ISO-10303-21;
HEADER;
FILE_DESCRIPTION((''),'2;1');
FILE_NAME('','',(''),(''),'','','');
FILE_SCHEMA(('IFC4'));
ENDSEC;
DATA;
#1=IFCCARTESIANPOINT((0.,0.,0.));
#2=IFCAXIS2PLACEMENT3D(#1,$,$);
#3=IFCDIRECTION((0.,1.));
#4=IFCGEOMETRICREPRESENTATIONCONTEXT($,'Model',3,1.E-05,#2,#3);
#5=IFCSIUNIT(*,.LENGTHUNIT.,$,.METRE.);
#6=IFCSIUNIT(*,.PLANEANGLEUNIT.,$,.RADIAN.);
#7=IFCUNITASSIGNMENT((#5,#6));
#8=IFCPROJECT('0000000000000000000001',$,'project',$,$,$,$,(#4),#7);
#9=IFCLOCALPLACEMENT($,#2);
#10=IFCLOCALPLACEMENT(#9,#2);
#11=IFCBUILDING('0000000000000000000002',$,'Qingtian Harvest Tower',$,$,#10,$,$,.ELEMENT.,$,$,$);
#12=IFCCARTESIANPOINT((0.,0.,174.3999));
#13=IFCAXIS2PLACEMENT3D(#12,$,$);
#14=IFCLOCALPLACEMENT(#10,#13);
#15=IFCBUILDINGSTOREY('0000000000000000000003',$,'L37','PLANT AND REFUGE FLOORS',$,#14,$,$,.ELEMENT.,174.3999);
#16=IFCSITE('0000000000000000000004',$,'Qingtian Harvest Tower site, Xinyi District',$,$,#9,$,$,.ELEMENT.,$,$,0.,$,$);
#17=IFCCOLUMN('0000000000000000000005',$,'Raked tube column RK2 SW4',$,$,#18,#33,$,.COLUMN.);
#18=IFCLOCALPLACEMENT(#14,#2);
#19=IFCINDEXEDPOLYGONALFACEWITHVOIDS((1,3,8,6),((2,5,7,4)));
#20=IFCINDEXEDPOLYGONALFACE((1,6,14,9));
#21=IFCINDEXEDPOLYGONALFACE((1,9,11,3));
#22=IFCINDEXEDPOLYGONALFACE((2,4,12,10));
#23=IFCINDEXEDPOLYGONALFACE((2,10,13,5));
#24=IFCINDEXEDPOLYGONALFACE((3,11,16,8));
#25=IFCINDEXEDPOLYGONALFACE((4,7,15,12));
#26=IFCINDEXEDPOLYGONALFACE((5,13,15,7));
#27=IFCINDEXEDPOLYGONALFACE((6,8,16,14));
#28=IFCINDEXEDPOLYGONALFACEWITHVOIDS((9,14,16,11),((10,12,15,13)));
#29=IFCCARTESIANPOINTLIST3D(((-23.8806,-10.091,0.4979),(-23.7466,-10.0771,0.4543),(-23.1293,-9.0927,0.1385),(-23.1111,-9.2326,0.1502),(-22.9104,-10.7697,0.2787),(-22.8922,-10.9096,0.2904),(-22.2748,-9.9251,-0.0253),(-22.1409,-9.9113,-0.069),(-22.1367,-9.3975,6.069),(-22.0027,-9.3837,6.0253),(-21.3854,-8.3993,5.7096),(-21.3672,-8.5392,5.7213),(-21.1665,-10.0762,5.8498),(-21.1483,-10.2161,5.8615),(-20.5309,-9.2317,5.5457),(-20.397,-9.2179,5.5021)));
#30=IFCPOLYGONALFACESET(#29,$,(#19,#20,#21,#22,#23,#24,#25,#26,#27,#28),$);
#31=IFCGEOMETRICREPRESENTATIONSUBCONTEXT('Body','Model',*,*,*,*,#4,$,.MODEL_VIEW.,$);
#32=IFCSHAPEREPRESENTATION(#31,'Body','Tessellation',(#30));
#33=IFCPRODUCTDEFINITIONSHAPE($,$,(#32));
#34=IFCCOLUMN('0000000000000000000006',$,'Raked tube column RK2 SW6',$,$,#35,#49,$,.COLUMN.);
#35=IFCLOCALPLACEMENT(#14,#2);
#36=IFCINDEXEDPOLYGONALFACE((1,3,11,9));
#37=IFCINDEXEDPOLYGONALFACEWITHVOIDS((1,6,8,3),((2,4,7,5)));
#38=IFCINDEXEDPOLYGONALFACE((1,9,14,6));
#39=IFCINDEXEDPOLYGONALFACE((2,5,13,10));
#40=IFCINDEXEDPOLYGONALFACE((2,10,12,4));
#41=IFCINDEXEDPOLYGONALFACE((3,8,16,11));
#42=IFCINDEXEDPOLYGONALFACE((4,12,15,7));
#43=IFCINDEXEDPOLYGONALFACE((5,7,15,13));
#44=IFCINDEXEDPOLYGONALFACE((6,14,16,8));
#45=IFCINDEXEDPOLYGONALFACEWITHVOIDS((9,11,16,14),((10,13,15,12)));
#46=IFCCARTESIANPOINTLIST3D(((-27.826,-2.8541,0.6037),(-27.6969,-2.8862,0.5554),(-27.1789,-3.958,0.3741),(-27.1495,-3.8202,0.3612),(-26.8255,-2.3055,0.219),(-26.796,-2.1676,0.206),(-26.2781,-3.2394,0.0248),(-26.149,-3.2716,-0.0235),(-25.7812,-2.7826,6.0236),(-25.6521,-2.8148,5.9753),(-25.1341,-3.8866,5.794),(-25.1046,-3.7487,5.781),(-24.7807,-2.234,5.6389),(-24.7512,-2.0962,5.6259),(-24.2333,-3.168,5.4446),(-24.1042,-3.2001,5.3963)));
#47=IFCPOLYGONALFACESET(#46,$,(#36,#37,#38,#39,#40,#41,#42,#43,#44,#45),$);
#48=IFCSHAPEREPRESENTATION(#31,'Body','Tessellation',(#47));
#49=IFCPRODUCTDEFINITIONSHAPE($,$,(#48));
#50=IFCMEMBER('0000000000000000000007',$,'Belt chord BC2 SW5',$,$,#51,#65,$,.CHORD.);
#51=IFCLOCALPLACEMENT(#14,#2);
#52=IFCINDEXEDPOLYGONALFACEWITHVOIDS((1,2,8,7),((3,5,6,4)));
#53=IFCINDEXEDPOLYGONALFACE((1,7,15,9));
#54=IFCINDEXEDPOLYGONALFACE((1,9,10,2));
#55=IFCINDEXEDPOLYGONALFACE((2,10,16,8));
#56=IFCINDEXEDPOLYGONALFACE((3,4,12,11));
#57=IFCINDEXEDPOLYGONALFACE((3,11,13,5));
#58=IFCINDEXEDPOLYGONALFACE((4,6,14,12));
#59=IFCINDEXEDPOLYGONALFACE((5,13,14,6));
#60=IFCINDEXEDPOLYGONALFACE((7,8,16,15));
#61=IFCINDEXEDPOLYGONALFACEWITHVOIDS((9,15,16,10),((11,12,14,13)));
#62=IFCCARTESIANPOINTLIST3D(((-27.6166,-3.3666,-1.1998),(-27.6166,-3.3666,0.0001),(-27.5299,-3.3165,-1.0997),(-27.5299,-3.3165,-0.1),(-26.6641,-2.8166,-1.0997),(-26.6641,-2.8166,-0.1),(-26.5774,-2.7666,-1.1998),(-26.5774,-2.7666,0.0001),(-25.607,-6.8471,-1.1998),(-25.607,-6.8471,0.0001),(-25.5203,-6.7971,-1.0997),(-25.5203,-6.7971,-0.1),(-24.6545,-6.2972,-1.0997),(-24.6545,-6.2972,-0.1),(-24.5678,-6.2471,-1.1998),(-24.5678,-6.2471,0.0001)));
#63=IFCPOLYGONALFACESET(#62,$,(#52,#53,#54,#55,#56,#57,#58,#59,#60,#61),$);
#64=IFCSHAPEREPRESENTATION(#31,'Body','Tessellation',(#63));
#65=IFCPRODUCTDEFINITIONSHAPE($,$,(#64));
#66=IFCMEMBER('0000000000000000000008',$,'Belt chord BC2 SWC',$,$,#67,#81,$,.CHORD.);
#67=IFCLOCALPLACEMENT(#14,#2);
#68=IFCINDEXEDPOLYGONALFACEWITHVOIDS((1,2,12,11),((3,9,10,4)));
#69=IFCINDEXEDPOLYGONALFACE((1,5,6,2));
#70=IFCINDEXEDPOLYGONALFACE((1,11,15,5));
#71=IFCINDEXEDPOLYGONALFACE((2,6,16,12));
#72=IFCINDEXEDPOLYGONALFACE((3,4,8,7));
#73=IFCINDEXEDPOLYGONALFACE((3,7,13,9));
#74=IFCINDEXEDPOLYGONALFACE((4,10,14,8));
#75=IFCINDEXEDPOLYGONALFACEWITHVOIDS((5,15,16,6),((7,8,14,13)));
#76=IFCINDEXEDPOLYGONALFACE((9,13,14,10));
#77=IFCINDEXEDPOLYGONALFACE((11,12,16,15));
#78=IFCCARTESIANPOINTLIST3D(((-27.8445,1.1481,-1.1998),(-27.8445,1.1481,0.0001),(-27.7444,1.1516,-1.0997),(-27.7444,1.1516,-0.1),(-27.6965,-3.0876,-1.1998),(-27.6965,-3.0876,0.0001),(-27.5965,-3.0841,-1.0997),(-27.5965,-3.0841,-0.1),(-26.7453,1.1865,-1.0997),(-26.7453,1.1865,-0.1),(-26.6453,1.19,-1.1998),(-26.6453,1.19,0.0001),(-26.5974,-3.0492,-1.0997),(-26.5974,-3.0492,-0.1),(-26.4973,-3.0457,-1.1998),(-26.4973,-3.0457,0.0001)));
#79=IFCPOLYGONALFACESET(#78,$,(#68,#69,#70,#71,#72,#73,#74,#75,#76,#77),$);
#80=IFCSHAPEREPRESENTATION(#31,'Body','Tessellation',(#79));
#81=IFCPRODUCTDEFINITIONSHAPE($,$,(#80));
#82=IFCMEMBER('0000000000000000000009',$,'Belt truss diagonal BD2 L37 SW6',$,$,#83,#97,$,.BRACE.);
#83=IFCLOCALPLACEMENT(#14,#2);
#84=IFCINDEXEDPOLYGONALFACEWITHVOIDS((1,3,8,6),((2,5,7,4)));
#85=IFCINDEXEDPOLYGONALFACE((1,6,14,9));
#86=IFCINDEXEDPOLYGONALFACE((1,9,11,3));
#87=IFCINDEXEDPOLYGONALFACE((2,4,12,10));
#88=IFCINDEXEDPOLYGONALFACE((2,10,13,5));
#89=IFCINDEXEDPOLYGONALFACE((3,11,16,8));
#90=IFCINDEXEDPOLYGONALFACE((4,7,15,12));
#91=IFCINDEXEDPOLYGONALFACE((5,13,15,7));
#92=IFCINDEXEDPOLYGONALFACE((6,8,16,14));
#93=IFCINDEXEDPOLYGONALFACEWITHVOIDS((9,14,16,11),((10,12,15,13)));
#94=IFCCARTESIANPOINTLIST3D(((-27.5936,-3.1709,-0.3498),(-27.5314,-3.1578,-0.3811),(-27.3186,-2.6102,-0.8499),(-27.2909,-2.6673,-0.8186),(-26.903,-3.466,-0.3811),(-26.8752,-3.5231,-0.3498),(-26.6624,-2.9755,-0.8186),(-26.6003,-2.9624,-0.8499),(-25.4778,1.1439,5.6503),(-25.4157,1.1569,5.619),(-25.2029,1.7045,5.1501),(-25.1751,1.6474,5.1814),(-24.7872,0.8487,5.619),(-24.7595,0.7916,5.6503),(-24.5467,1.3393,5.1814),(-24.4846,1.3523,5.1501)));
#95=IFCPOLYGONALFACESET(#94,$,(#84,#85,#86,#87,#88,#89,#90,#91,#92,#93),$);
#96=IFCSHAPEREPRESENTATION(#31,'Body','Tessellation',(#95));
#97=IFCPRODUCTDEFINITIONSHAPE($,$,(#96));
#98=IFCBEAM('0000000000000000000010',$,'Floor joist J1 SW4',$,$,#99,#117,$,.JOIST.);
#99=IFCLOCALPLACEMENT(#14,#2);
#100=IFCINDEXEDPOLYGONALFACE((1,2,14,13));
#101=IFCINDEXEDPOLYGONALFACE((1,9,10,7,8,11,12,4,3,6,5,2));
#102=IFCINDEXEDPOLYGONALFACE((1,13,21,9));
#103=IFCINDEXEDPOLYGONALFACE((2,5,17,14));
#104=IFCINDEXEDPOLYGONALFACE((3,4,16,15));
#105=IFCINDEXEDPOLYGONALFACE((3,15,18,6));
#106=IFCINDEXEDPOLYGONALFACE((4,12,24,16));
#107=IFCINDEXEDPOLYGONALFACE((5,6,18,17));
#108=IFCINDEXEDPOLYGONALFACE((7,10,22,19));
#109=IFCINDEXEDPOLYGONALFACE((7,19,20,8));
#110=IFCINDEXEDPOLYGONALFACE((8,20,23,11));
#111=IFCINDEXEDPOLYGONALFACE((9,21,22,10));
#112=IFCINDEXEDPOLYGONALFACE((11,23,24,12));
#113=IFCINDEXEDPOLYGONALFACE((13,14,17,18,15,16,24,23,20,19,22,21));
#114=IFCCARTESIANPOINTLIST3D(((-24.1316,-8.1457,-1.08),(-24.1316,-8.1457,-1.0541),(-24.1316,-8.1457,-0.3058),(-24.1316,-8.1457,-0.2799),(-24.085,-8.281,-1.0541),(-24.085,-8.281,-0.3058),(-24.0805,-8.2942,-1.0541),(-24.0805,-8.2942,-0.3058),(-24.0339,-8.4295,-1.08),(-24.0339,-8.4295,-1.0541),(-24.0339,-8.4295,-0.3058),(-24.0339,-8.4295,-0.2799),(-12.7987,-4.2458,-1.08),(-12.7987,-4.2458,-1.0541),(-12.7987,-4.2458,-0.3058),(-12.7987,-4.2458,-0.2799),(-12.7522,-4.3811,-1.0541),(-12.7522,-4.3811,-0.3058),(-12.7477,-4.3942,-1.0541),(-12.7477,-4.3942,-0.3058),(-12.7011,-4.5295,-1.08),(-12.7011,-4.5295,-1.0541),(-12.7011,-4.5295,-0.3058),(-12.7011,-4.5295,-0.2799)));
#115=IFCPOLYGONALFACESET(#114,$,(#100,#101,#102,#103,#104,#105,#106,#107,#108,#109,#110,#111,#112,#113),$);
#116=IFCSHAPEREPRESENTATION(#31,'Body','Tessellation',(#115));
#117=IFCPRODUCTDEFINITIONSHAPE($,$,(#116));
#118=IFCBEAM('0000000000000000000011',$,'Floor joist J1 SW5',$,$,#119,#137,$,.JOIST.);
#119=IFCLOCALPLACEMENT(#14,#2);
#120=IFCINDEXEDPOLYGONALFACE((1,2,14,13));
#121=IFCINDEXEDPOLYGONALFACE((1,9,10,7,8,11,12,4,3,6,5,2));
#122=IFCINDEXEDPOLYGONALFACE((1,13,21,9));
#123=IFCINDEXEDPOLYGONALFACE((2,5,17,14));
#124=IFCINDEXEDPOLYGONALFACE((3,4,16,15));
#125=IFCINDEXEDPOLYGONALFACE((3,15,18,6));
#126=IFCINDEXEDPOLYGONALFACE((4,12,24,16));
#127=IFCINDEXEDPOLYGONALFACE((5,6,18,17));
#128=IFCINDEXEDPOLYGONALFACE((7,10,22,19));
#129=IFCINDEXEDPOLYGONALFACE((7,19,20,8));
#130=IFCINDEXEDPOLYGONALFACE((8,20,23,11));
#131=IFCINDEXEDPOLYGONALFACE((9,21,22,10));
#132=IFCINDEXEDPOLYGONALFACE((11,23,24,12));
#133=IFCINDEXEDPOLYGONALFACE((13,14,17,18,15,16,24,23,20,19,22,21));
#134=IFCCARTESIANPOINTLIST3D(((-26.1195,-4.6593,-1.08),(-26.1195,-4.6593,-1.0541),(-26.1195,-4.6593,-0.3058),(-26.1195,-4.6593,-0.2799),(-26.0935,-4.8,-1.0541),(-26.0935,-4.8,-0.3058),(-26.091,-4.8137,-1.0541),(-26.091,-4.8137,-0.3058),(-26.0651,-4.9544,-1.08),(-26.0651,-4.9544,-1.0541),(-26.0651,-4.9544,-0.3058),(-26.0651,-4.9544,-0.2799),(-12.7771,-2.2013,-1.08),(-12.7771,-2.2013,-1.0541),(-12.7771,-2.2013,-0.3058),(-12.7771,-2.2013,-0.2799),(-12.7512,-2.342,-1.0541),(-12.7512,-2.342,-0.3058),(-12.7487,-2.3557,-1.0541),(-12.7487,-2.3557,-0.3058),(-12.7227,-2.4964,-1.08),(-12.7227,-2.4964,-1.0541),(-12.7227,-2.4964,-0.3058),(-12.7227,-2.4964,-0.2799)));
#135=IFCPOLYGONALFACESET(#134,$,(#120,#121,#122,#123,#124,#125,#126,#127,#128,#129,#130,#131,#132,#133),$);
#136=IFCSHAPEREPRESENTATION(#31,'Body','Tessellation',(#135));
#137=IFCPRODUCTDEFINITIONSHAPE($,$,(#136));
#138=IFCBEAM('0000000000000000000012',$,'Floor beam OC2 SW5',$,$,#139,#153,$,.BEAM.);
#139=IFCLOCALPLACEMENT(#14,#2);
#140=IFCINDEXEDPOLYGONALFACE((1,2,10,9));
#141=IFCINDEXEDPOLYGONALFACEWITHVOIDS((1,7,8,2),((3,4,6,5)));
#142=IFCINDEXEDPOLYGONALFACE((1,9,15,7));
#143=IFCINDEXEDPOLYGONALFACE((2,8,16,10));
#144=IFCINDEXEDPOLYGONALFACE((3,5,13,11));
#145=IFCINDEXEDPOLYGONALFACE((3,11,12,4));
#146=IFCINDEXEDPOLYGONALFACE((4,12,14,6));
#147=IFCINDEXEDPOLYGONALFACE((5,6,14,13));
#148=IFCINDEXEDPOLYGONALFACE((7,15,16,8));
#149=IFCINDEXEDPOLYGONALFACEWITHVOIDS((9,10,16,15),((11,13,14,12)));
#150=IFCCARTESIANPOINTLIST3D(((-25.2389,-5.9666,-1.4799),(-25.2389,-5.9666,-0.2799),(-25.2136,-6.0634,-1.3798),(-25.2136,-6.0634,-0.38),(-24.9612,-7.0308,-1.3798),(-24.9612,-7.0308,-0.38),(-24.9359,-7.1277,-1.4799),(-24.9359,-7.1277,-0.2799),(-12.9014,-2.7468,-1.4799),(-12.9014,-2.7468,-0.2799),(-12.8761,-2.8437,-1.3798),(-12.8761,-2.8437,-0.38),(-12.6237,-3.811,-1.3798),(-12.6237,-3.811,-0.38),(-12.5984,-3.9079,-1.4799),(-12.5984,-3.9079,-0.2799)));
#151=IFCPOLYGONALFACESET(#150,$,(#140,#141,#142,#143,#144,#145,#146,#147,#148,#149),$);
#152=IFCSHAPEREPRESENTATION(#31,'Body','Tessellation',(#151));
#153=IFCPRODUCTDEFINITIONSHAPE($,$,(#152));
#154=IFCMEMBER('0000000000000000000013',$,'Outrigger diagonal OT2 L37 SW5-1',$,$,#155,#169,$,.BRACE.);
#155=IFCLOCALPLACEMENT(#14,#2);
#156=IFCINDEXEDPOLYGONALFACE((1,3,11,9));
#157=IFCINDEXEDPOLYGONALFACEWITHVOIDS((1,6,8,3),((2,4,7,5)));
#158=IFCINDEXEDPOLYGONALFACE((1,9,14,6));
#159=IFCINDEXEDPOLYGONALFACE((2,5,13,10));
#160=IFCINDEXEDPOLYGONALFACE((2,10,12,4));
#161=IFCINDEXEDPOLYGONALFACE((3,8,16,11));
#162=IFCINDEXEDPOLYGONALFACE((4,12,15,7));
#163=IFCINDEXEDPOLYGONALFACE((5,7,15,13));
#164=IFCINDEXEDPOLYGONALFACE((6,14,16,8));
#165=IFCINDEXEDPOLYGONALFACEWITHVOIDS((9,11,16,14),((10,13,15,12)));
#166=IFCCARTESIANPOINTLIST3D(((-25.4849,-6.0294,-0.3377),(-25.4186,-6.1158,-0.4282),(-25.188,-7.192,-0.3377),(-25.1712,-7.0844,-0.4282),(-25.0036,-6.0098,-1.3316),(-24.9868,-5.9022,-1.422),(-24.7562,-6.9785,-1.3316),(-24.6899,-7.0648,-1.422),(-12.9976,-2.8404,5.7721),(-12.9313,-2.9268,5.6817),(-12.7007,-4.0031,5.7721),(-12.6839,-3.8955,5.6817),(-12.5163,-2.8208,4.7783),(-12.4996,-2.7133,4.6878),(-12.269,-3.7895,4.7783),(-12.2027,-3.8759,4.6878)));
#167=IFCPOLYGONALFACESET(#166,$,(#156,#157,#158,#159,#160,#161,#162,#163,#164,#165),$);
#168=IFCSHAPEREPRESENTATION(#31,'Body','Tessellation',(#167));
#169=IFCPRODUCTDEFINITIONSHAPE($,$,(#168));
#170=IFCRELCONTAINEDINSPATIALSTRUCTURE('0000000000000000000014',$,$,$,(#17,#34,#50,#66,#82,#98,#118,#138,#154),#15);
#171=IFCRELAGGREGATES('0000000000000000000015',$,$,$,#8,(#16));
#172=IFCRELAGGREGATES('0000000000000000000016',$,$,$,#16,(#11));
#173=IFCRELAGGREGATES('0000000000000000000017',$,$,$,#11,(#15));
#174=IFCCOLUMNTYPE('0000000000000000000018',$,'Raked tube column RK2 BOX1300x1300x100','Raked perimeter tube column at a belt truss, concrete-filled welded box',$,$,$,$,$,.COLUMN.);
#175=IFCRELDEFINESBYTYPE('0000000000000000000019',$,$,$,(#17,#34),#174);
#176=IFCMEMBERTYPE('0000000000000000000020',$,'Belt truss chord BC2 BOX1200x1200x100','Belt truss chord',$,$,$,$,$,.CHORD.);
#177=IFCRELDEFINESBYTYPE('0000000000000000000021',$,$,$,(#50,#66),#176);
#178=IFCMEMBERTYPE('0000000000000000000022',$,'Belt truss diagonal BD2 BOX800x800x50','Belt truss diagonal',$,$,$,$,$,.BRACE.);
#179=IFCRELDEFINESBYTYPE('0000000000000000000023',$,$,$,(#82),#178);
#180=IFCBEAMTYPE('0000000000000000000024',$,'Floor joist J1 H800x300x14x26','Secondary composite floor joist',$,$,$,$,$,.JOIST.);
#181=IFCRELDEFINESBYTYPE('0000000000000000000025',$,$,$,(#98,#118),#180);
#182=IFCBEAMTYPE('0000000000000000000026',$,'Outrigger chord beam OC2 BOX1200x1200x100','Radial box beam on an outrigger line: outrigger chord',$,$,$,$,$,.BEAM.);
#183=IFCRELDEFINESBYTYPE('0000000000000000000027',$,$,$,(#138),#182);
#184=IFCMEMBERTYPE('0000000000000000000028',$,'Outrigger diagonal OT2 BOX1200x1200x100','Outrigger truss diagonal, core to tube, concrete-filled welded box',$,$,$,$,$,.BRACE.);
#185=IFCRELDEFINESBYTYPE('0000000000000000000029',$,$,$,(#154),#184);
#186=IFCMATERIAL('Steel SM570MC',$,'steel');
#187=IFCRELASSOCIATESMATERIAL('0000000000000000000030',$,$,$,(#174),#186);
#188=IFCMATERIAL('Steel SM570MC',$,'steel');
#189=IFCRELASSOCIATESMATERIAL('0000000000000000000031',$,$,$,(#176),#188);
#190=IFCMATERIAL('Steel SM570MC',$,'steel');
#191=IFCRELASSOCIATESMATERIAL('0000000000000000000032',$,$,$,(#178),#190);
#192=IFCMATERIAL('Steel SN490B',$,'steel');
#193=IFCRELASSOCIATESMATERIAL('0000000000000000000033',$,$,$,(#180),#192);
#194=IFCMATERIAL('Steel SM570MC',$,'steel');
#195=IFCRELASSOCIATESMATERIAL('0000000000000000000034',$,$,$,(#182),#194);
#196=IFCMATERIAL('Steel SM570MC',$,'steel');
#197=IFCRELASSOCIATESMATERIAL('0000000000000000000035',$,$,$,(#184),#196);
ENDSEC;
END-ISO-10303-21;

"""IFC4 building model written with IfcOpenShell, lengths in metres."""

from ifc_helpers import new_model, si_unit, direction, frame, origin, origin_2d, place, context, subcontext, project, spatial, hollow_rectangle, i_section, extrude, clip, halfspace, material, material_profile, profile_set, type_object, element, save


model = new_model("IFC4")

# Units and contexts
model_context = context("Model", 3, precision=1e-05, world=origin(), true_north=direction((0.0, 1.0)))
body_context = subcontext(model_context, "Body", "Model", "MODEL_VIEW")
ifc_project = project(units=[si_unit("LENGTHUNIT", "METRE"), si_unit("PLANEANGLEUNIT", "RADIAN")], contexts=[model_context])

# Site, building, storey
site_placement = place(None, origin())
site = spatial("IfcSite", under=ifc_project, at=site_placement, Name="Qingtian Harvest Tower site, Xinyi District", CompositionType="ELEMENT", RefElevation=0.0)
building_placement = place(site_placement, origin())
building = spatial("IfcBuilding", under=site, at=building_placement, Name="Qingtian Harvest Tower", CompositionType="ELEMENT")
storey_placement = place(building_placement, frame((0.0, 0.0, 174.3999)))
storey = spatial("IfcBuildingStorey", under=building, at=storey_placement, Name="L37", Description="PLANT AND REFUGE FLOORS", CompositionType="ELEMENT", Elevation=174.3999)

# Columns
ifc_material_1 = material(Name="Steel SM570MC", Category="steel")
ifc_material_profile_1 = material_profile(ifc_material_1, hollow_rectangle(XDim=1.3, YDim=1.3, WallThickness=0.1001, at=origin_2d()), Name="BOX1300x1300x100")
ifc_profile_set_1 = profile_set([ifc_material_profile_1], Name="Steel SM570MC")
column_type = type_object("IfcColumnType", Name="Raked tube column RK2 BOX1300x1300x100", Description="Raked perimeter tube column at a belt truss, concrete-filled welded box", PredefinedType="COLUMN", material=ifc_profile_set_1)
column_1_placement = place(storey_placement, frame((-23.0779, -10.0278, 0.0), z_axis=(0.296649, 0.117958, 0.947674), x_axis=(0.577883, 0.767864, -0.276471)))
element("IfcColumn", 1, at=column_1_placement, inside=storey, type_object=column_type, Name="Raked tube column RK2 SW4", PredefinedType="COLUMN", context=body_context, shape_type="Clipping", body=[
    clip(clip(extrude(hollow_rectangle(XDim=1.3, YDim=1.3, WallThickness=0.1001, at=origin_2d()), origin(), (0.0, 0.0, 1.0), 6.3313), halfspace(frame((0.0, 0.0, 0.2263), z_axis=(0.0, 0.0, -1.0), x_axis=(0.0, -1.0, 0.0)), False)), halfspace(frame((0.0, 0.0, 6.105), z_axis=(0.0, 0.0, 1.0), x_axis=(0.0, 1.0, 0.0)), False)),
])
column_2_placement = place(storey_placement, frame((-27.0969, -3.0667, 0.0), z_axis=(0.352965, 0.012334, 0.935555), x_axis=(0.792259, 0.52799, -0.305863)))
element("IfcColumn", 2, at=column_2_placement, inside=storey, type_object=column_type, Name="Raked tube column RK2 SW6", PredefinedType="COLUMN", context=body_context, shape_type="Clipping", body=[
    clip(clip(extrude(hollow_rectangle(XDim=1.3, YDim=1.3, WallThickness=0.1001, at=origin_2d()), origin(), (0.0, 0.0, 1.0), 6.4133), halfspace(frame((0.0, 0.0, 0.3101), z_axis=(0.0, 0.0, -1.0), x_axis=(0.0, -1.0, 0.0)), False)), halfspace(frame((0.0, 0.0, 6.1033), z_axis=(0.0, 0.0, 1.0), x_axis=(0.0, 1.0, 0.0)), False)),
])

# Members
ifc_material_2 = material(Name="Steel SM570MC", Category="steel")
ifc_material_profile_2 = material_profile(ifc_material_2, hollow_rectangle(XDim=1.2, YDim=1.2, WallThickness=0.1001, at=origin_2d()), Name="BOX1200x1200x100")
ifc_profile_set_2 = profile_set([ifc_material_profile_2], Name="Steel SM570MC")
member_type_1 = type_object("IfcMemberType", Name="Belt truss chord BC2 BOX1200x1200x100", Description="Belt truss chord", PredefinedType="CHORD", material=ifc_profile_set_2)
member_1_placement = place(storey_placement, frame((-25.0874, -6.5471, -0.5999), z_axis=(-0.500013, 0.866018, 0.0), x_axis=(-0.866018, -0.500013, 0.0)))
element("IfcMember", 3, at=member_1_placement, inside=storey, type_object=member_type_1, Name="Belt chord BC2 SW5", PredefinedType="CHORD", context=body_context, shape_type="SweptSolid", body=[
    extrude(hollow_rectangle(XDim=1.2, YDim=1.2, WallThickness=0.1001, at=origin_2d()), origin(), (0.0, 0.0, 1.0), 4.019),
])
member_2_placement = place(storey_placement, frame((-27.0969, -3.0667, -0.5999), z_axis=(-0.034909, 0.999391, 0.0), x_axis=(-0.999391, -0.034909, 0.0)))
element("IfcMember", 4, at=member_2_placement, inside=storey, type_object=member_type_1, Name="Belt chord BC2 SWC", PredefinedType="CHORD", context=body_context, shape_type="SweptSolid", body=[
    extrude(hollow_rectangle(XDim=1.2, YDim=1.2, WallThickness=0.1001, at=origin_2d()), origin(), (0.0, 0.0, 1.0), 4.2383),
])
ifc_material_3 = material(Name="Steel SM570MC", Category="steel")
ifc_material_profile_3 = material_profile(ifc_material_3, hollow_rectangle(XDim=0.8, YDim=0.8, WallThickness=0.05, at=origin_2d()), Name="BOX800x800x50")
ifc_profile_set_3 = profile_set([ifc_material_profile_3], Name="Steel SM570MC")
member_type_2 = type_object("IfcMemberType", Name="Belt truss diagonal BD2 BOX800x800x50", Description="Belt truss diagonal", PredefinedType="BRACE", material=ifc_profile_set_3)
member_3_placement = place(storey_placement, frame((-27.0969, -3.0667, -0.5999), z_axis=(0.275227, 0.561284, 0.780519), x_axis=(-0.897865, 0.44027, 0.0)))
element("IfcMember", 5, at=member_3_placement, inside=storey, type_object=member_type_2, Name="Belt truss diagonal BD2 L37 SW6", PredefinedType="BRACE", context=body_context, shape_type="SweptSolid", body=[
    extrude(hollow_rectangle(XDim=0.8, YDim=0.8, WallThickness=0.05, at=origin_2d()), origin(), (0.0, 0.0, 1.0), 7.6873),
])

# Beams
ifc_material_4 = material(Name="Steel SN490B", Category="steel")
ifc_material_profile_4 = material_profile(ifc_material_4, i_section(OverallWidth=0.3, OverallDepth=0.8, WebThickness=0.0139, FlangeThickness=0.0259, at=origin_2d()), Name="H800x300x14x26")
ifc_profile_set_4 = profile_set([ifc_material_profile_4], Name="Steel SN490B")
beam_type_1 = type_object("IfcBeamType", Name="Floor joist J1 H800x300x14x26", Description="Secondary composite floor joist", PredefinedType="JOIST", material=ifc_profile_set_4)
beam_1_placement = place(storey_placement, frame((-24.0828, -8.2876, -0.6799), z_axis=(0.945577, 0.325398, 0.0), x_axis=(-0.325398, 0.945577, 0.0)))
element("IfcBeam", 6, at=beam_1_placement, inside=storey, type_object=beam_type_1, Name="Floor joist J1 SW4", PredefinedType="JOIST", context=body_context, shape_type="SweptSolid", body=[
    extrude(i_section(OverallWidth=0.3, OverallDepth=0.8, WebThickness=0.0139, FlangeThickness=0.0259, at=origin_2d()), origin(), (0.0, 0.0, 1.0), 11.9851),
])
beam_2_placement = place(storey_placement, frame((-26.0923, -4.8069, -0.6799), z_axis=(0.98345, 0.181178, 0.0), x_axis=(-0.181178, 0.98345, 0.0)))
element("IfcBeam", 7, at=beam_2_placement, inside=storey, type_object=beam_type_1, Name="Floor joist J1 SW5", PredefinedType="JOIST", context=body_context, shape_type="SweptSolid", body=[
    extrude(i_section(OverallWidth=0.3, OverallDepth=0.8, WebThickness=0.0139, FlangeThickness=0.0259, at=origin_2d()), origin(), (0.0, 0.0, 1.0), 13.5669),
])
ifc_material_5 = material(Name="Steel SM570MC", Category="steel")
ifc_material_profile_5 = material_profile(ifc_material_5, hollow_rectangle(XDim=1.2, YDim=1.2, WallThickness=0.1001, at=origin_2d()), Name="BOX1200x1200x100")
ifc_profile_set_5 = profile_set([ifc_material_profile_5], Name="Steel SM570MC")
beam_type_2 = type_object("IfcBeamType", Name="Outrigger chord beam OC2 BOX1200x1200x100", Description="Radial box beam on an outrigger line: outrigger chord", PredefinedType="BEAM", material=ifc_profile_set_5)
beam_3_placement = place(storey_placement, frame((-25.0874, -6.5471, -0.8799), z_axis=(0.967593, 0.252515, 0.0), x_axis=(-0.252515, 0.967593, 0.0)))
element("IfcBeam", 8, at=beam_3_placement, inside=storey, type_object=beam_type_2, Name="Floor beam OC2 SW5", PredefinedType="BEAM", context=body_context, shape_type="SweptSolid", body=[
    extrude(hollow_rectangle(XDim=1.2, YDim=1.2, WallThickness=0.1001, at=origin_2d()), origin(), (0.0, 0.0, 1.0), 12.7507),
])

# Member
ifc_material_6 = material(Name="Steel SM570MC", Category="steel")
ifc_material_profile_6 = material_profile(ifc_material_6, hollow_rectangle(XDim=1.2, YDim=1.2, WallThickness=0.1001, at=origin_2d()), Name="BOX1200x1200x100")
ifc_profile_set_6 = profile_set([ifc_material_profile_6], Name="Steel SM570MC")
member_type_3 = type_object("IfcMemberType", Name="Outrigger diagonal OT2 BOX1200x1200x100", Description="Outrigger truss diagonal, core to tube, concrete-filled welded box", PredefinedType="BRACE", material=ifc_profile_set_6)
member_4_placement = place(storey_placement, frame((-25.0874, -6.5471, -0.8799), z_axis=(0.875504, 0.223583, 0.428372), x_axis=(-0.247435, 0.968904, 0.0)))
element("IfcMember", 9, at=member_4_placement, inside=storey, type_object=member_type_3, Name="Outrigger diagonal OT2 L37 SW5-1", PredefinedType="BRACE", context=body_context, shape_type="SweptSolid", body=[
    extrude(hollow_rectangle(XDim=1.2, YDim=1.2, WallThickness=0.1001, at=origin_2d()), origin(), (0.0, 0.0, 1.0), 14.2629),
])

save(model, "model.ifc")
